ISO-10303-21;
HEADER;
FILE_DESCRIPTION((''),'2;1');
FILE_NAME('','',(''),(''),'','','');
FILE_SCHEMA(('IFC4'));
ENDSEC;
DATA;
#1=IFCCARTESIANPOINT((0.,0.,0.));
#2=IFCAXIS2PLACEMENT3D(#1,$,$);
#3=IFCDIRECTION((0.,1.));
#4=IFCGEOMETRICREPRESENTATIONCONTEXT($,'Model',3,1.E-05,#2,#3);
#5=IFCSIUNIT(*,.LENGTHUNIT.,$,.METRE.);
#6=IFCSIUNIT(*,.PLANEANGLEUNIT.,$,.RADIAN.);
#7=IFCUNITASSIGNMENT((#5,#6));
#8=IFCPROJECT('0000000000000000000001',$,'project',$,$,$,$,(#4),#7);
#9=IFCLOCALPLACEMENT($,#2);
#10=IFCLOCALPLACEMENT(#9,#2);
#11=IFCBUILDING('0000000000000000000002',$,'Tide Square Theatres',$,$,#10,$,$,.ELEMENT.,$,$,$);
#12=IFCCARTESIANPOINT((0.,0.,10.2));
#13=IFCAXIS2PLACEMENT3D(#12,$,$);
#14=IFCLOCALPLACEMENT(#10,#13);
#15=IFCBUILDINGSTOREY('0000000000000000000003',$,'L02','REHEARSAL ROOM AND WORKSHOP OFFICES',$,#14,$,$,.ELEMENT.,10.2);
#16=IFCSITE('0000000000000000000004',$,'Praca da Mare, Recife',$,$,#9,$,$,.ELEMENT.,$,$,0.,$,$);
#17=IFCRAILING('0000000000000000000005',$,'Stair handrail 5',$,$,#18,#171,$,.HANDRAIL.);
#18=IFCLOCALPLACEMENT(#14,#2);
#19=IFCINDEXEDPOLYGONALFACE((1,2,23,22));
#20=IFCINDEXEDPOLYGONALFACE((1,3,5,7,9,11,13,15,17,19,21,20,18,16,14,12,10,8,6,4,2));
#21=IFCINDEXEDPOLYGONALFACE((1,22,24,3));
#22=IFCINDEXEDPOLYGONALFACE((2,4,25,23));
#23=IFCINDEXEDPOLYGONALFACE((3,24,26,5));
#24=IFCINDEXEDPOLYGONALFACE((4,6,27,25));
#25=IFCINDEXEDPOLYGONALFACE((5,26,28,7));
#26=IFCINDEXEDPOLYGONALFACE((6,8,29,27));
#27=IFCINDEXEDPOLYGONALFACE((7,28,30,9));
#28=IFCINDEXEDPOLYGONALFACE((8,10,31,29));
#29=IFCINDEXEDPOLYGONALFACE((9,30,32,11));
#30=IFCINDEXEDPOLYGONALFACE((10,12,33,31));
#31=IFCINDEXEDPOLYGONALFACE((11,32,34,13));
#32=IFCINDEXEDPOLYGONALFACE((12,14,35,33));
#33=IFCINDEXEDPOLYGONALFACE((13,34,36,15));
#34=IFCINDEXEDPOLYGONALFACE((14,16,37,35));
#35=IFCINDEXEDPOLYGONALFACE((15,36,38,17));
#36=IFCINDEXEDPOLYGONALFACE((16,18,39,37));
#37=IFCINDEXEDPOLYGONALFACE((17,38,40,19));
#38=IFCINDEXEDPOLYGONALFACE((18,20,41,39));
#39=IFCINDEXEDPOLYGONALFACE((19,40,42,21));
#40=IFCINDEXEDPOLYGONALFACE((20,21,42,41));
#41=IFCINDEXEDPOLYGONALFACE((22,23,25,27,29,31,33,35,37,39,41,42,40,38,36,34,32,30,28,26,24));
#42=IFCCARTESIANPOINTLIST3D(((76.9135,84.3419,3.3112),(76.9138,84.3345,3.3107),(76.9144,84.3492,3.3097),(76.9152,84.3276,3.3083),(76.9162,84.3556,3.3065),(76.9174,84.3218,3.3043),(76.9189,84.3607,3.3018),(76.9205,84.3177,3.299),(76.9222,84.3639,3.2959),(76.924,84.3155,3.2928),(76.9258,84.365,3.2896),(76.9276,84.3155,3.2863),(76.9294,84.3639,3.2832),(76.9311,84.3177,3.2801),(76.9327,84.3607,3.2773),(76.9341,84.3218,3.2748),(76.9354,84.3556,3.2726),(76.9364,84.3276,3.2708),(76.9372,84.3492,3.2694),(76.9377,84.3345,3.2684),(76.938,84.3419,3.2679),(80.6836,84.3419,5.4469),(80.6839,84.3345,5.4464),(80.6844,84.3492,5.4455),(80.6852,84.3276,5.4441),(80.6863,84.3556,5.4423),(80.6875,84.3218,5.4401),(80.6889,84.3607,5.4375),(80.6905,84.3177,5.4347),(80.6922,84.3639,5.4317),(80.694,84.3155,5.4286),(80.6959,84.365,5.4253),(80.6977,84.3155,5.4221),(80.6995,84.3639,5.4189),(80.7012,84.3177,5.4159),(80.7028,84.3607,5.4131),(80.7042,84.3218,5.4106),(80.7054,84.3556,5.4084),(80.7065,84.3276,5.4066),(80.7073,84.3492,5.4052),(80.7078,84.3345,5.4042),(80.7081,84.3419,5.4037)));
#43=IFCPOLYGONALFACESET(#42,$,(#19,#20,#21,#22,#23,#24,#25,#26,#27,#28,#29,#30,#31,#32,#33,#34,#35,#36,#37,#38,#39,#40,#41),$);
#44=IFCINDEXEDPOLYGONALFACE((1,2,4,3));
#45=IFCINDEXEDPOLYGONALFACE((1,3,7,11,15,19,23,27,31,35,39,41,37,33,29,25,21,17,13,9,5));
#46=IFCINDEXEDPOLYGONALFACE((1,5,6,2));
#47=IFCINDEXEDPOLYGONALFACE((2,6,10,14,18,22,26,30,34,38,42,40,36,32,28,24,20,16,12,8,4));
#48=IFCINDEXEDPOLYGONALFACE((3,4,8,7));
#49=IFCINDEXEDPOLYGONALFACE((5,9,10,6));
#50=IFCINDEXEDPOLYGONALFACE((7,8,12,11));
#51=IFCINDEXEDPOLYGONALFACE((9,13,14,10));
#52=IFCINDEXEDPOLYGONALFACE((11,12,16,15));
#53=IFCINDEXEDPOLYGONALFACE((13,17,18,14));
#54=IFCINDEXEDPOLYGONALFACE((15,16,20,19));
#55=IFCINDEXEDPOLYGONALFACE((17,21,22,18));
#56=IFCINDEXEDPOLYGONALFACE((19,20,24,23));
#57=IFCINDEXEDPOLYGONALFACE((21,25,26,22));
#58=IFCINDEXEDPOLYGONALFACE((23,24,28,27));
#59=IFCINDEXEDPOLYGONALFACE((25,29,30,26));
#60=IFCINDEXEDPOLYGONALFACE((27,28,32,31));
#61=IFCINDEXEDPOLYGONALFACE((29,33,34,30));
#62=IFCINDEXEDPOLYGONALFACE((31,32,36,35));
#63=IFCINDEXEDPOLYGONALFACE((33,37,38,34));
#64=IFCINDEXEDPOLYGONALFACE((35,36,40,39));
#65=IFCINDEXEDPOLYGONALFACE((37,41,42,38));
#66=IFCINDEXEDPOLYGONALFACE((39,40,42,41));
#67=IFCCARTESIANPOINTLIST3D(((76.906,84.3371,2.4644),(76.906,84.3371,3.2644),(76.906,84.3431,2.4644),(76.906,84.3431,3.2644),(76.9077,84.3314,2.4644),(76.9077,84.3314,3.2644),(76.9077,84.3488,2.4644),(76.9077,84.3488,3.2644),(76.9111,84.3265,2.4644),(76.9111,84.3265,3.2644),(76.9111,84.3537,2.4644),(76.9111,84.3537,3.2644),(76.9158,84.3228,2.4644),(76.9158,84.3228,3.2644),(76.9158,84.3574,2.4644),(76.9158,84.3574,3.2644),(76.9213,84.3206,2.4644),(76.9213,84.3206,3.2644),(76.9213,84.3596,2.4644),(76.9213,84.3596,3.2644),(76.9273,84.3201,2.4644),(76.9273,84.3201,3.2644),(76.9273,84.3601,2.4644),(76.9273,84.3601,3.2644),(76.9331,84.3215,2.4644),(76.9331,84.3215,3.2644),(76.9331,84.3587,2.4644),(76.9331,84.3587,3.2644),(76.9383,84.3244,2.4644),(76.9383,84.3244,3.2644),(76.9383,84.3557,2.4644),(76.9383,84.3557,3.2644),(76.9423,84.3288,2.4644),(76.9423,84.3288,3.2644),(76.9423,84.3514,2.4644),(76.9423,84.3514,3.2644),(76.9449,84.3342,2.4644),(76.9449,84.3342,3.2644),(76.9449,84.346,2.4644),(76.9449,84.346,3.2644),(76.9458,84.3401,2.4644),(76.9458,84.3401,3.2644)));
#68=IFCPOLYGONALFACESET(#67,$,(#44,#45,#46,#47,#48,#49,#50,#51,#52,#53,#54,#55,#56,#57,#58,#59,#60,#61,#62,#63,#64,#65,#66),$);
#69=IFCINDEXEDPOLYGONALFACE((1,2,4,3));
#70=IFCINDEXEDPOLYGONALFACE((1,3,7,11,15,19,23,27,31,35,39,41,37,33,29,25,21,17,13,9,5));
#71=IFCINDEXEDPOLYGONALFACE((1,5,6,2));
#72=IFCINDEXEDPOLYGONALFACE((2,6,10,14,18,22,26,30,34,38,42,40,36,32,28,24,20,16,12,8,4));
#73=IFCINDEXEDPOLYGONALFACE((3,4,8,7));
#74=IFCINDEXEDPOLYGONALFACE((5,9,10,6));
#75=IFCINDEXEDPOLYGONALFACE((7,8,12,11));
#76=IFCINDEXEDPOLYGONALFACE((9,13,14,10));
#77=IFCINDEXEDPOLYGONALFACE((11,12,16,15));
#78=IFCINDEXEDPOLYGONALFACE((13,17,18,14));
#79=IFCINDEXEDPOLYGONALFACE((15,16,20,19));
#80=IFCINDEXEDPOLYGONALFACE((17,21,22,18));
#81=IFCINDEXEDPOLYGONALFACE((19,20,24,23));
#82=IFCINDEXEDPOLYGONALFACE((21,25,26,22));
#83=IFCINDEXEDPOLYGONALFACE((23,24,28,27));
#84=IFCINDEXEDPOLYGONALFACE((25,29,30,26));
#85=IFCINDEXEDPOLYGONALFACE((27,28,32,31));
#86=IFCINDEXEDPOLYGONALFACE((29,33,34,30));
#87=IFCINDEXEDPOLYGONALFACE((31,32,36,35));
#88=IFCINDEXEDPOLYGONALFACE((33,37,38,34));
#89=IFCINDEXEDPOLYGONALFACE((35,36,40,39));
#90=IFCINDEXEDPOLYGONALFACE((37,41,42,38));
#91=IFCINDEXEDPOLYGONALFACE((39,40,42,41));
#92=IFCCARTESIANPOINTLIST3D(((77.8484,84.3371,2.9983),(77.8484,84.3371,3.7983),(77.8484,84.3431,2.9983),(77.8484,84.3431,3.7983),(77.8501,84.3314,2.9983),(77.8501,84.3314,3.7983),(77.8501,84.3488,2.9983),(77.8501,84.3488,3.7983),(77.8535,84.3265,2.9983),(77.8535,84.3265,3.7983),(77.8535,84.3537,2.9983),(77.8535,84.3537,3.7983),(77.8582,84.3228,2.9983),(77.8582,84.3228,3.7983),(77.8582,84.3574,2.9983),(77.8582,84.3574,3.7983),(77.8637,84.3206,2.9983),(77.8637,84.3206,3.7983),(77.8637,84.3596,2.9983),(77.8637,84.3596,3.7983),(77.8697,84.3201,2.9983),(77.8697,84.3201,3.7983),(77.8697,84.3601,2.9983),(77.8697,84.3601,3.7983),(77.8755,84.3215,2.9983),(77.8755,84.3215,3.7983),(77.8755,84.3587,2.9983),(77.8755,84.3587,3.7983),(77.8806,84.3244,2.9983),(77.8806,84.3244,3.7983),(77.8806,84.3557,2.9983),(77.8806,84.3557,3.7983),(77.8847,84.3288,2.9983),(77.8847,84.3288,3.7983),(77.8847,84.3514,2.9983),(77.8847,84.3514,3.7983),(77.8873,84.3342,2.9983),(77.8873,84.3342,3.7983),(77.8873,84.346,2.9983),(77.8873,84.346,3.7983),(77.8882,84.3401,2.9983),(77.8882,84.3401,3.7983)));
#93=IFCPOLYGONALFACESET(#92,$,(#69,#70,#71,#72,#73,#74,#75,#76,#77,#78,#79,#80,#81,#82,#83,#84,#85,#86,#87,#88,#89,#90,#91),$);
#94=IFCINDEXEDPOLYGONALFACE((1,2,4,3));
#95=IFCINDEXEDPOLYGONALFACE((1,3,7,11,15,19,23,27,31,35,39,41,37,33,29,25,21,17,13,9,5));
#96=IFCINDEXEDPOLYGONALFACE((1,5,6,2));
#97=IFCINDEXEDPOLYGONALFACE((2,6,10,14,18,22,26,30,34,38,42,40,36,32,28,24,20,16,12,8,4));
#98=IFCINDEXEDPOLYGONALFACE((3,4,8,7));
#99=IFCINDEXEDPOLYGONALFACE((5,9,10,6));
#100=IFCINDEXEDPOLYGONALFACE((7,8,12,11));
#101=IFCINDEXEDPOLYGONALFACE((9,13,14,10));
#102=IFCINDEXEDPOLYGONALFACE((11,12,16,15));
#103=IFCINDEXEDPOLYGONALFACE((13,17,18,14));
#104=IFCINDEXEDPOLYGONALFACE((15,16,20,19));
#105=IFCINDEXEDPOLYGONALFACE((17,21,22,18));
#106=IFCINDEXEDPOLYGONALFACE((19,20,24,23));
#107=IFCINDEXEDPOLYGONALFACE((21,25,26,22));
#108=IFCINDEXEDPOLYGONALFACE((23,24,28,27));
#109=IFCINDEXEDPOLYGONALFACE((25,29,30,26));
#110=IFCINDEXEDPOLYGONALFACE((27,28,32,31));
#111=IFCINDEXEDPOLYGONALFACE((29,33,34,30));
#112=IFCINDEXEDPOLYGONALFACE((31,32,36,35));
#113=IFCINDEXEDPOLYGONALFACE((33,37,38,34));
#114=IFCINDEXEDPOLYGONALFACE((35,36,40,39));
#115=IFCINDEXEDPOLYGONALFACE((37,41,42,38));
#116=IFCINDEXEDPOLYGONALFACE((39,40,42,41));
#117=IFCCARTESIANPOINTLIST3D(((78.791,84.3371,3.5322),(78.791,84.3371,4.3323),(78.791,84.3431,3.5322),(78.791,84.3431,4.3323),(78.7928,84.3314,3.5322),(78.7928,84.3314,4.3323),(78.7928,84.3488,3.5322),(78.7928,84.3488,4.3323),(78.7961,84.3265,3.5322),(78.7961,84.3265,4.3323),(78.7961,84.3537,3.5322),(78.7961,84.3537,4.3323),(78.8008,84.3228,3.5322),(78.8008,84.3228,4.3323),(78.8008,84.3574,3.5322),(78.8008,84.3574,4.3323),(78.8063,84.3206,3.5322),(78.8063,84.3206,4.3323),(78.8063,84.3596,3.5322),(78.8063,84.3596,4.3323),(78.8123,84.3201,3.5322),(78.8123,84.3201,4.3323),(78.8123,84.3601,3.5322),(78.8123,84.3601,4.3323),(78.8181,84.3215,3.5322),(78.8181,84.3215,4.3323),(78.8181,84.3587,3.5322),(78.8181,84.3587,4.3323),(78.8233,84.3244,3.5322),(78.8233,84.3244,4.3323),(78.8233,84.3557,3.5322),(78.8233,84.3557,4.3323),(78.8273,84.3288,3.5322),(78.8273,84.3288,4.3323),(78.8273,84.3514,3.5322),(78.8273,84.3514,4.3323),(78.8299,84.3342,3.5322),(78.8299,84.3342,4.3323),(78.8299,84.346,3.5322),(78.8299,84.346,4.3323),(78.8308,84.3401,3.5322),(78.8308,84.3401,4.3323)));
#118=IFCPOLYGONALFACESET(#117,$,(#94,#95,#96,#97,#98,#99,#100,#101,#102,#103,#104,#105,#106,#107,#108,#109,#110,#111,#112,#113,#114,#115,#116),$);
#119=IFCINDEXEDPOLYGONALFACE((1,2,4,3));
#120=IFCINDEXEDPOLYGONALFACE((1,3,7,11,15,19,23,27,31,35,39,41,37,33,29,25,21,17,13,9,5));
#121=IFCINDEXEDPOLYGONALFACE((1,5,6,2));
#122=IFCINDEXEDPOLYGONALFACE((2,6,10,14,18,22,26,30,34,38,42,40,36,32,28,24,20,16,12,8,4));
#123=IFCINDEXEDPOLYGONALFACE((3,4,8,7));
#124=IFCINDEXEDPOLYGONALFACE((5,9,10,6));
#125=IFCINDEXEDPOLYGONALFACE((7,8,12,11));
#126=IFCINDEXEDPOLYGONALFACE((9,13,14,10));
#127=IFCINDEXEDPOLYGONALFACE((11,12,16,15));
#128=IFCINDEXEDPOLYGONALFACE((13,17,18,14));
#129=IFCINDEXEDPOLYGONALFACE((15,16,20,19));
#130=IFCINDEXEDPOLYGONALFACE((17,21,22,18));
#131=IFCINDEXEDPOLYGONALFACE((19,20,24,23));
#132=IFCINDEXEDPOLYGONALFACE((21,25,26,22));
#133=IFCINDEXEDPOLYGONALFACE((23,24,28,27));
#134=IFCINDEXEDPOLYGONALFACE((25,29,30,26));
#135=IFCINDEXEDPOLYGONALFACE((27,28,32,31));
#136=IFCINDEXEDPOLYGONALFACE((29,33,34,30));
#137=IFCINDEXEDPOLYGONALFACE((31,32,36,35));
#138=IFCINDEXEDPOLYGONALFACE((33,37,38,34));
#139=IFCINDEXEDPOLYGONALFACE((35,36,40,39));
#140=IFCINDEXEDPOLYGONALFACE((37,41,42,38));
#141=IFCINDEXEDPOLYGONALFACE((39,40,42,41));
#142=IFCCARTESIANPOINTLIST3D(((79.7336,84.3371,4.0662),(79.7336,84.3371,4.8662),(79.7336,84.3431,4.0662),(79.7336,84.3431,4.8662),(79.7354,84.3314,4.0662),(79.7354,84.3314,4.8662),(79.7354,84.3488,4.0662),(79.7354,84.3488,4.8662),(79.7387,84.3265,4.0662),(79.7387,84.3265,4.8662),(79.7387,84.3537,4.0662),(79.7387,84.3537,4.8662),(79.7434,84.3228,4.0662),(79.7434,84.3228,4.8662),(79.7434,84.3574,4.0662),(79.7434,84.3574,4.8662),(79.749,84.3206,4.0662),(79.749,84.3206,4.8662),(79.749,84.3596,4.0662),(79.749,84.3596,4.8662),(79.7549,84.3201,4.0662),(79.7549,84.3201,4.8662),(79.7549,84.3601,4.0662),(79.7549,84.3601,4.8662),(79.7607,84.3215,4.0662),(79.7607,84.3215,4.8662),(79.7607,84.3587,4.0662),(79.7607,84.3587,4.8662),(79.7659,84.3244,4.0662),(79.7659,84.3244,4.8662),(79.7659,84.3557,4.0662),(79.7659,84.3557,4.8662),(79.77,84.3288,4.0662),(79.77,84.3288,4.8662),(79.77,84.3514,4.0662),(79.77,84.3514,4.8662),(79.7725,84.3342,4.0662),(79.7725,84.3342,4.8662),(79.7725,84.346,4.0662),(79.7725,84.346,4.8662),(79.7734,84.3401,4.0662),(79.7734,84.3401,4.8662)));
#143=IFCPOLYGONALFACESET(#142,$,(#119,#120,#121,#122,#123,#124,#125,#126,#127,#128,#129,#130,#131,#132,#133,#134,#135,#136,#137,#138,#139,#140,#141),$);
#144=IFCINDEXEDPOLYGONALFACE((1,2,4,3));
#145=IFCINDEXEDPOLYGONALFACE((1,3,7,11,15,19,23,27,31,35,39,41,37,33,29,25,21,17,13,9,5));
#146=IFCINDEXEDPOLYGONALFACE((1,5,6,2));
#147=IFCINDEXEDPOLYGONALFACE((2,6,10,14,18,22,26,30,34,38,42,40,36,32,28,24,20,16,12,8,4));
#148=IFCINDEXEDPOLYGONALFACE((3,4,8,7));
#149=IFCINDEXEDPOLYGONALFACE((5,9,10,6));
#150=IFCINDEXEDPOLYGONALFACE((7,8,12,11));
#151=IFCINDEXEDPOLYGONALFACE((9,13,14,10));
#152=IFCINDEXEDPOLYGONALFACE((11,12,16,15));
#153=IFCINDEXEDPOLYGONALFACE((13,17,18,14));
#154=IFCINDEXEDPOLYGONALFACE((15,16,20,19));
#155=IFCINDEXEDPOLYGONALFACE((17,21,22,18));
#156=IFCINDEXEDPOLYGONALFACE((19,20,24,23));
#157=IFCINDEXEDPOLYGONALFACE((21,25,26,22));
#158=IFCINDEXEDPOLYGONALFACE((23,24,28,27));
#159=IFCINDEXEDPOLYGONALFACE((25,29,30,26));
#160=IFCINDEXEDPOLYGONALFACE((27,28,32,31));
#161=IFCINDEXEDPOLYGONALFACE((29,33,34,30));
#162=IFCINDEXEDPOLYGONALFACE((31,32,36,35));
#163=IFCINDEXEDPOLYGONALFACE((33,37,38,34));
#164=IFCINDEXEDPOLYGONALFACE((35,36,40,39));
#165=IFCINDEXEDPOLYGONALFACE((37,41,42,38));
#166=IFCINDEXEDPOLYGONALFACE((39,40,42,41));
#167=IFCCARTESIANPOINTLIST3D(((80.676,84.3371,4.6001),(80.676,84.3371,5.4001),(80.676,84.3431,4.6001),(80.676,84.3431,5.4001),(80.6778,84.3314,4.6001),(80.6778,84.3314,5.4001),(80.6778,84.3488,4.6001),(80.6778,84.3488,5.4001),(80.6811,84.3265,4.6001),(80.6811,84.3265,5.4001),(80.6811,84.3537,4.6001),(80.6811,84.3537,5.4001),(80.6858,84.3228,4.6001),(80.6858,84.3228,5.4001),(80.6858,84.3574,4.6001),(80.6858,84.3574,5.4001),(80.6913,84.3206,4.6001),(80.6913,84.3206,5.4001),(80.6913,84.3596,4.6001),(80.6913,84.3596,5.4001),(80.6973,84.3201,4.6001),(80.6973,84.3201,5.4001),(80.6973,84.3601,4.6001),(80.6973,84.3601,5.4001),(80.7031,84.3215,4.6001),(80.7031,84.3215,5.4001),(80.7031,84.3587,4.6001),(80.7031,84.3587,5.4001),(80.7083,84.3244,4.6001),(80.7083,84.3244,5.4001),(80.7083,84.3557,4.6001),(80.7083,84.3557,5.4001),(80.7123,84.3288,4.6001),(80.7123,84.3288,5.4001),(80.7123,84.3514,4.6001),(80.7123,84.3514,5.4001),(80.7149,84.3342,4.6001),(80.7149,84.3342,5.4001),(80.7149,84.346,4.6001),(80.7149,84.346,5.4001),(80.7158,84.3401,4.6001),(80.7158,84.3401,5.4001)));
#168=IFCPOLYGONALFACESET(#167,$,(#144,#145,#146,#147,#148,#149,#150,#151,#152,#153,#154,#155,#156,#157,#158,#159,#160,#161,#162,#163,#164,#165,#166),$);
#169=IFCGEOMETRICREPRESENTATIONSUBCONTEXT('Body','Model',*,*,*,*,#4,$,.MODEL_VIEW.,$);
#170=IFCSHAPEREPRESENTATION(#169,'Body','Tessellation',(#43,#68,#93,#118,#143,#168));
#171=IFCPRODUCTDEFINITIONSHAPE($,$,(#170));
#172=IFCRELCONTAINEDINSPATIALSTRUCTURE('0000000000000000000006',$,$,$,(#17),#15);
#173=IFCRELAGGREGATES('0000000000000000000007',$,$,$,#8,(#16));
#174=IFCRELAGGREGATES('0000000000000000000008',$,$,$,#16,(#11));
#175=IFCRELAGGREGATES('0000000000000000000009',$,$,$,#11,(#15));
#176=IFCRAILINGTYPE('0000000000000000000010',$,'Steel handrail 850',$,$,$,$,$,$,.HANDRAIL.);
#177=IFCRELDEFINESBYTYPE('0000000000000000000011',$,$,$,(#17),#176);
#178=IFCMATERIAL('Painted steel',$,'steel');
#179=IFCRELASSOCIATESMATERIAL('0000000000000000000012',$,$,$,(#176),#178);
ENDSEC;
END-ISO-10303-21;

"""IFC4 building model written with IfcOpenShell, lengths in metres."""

from ifc_helpers import new_model, si_unit, direction, frame, origin, origin_2d, place, context, subcontext, project, spatial, circle, extrude, material, type_object, element, save


model = new_model("IFC4")

# Units and contexts
model_context = context("Model", 3, precision=1e-05, world=origin(), true_north=direction((0.0, 1.0)))
body_context = subcontext(model_context, "Body", "Model", "MODEL_VIEW")
ifc_project = project(units=[si_unit("LENGTHUNIT", "METRE"), si_unit("PLANEANGLEUNIT", "RADIAN")], contexts=[model_context])

# Site, building, storey
site_placement = place(None, origin())
site = spatial("IfcSite", under=ifc_project, at=site_placement, Name="Praca da Mare, Recife", CompositionType="ELEMENT", RefElevation=0.0)
building_placement = place(site_placement, origin())
building = spatial("IfcBuilding", under=site, at=building_placement, Name="Tide Square Theatres", CompositionType="ELEMENT")
storey_placement = place(building_placement, frame((0.0, 0.0, 10.2)))
storey = spatial("IfcBuildingStorey", under=building, at=storey_placement, Name="L02", Description="REHEARSAL ROOM AND WORKSHOP OFFICES", CompositionType="ELEMENT", Elevation=10.2)

# Railing
ifc_material_1 = material(Name="Painted steel", Category="steel")
railing_type = type_object("IfcRailingType", Name="Steel handrail 850", PredefinedType="HANDRAIL", material=ifc_material_1)
for number, where, name in (
    (1, (76.9258, 84.3401, 2.4644), "Stair handrail 5"),
):
    element("IfcRailing", number, at=place(storey_placement, frame(where)), inside=storey, type_object=railing_type, Name=name, PredefinedType="HANDRAIL", context=body_context, shape_type="SweptSolid", body=[
        extrude(circle(Radius=0.0249, at=origin_2d()), frame((0.0, 0.0, 0.8252), z_axis=(0.870082, 0.0, 0.492907), x_axis=(0.0, 1.0, 0.0)), (0.0, 0.0, 1.0), 4.333),
        extrude(circle(Radius=0.02, at=origin_2d()), origin(), (0.0, 0.0, 1.0), 0.8),
        extrude(circle(Radius=0.02, at=origin_2d()), frame((0.9424, 0.0, 0.5339)), (0.0, 0.0, 1.0), 0.8),
        extrude(circle(Radius=0.02, at=origin_2d()), frame((1.885, 0.0, 1.0679)), (0.0, 0.0, 1.0), 0.8),
        extrude(circle(Radius=0.02, at=origin_2d()), frame((2.8276, 0.0, 1.6018)), (0.0, 0.0, 1.0), 0.8),
        extrude(circle(Radius=0.02, at=origin_2d()), frame((3.77, 0.0, 2.1357)), (0.0, 0.0, 1.0), 0.8),
    ])

save(model, "model.ifc")
